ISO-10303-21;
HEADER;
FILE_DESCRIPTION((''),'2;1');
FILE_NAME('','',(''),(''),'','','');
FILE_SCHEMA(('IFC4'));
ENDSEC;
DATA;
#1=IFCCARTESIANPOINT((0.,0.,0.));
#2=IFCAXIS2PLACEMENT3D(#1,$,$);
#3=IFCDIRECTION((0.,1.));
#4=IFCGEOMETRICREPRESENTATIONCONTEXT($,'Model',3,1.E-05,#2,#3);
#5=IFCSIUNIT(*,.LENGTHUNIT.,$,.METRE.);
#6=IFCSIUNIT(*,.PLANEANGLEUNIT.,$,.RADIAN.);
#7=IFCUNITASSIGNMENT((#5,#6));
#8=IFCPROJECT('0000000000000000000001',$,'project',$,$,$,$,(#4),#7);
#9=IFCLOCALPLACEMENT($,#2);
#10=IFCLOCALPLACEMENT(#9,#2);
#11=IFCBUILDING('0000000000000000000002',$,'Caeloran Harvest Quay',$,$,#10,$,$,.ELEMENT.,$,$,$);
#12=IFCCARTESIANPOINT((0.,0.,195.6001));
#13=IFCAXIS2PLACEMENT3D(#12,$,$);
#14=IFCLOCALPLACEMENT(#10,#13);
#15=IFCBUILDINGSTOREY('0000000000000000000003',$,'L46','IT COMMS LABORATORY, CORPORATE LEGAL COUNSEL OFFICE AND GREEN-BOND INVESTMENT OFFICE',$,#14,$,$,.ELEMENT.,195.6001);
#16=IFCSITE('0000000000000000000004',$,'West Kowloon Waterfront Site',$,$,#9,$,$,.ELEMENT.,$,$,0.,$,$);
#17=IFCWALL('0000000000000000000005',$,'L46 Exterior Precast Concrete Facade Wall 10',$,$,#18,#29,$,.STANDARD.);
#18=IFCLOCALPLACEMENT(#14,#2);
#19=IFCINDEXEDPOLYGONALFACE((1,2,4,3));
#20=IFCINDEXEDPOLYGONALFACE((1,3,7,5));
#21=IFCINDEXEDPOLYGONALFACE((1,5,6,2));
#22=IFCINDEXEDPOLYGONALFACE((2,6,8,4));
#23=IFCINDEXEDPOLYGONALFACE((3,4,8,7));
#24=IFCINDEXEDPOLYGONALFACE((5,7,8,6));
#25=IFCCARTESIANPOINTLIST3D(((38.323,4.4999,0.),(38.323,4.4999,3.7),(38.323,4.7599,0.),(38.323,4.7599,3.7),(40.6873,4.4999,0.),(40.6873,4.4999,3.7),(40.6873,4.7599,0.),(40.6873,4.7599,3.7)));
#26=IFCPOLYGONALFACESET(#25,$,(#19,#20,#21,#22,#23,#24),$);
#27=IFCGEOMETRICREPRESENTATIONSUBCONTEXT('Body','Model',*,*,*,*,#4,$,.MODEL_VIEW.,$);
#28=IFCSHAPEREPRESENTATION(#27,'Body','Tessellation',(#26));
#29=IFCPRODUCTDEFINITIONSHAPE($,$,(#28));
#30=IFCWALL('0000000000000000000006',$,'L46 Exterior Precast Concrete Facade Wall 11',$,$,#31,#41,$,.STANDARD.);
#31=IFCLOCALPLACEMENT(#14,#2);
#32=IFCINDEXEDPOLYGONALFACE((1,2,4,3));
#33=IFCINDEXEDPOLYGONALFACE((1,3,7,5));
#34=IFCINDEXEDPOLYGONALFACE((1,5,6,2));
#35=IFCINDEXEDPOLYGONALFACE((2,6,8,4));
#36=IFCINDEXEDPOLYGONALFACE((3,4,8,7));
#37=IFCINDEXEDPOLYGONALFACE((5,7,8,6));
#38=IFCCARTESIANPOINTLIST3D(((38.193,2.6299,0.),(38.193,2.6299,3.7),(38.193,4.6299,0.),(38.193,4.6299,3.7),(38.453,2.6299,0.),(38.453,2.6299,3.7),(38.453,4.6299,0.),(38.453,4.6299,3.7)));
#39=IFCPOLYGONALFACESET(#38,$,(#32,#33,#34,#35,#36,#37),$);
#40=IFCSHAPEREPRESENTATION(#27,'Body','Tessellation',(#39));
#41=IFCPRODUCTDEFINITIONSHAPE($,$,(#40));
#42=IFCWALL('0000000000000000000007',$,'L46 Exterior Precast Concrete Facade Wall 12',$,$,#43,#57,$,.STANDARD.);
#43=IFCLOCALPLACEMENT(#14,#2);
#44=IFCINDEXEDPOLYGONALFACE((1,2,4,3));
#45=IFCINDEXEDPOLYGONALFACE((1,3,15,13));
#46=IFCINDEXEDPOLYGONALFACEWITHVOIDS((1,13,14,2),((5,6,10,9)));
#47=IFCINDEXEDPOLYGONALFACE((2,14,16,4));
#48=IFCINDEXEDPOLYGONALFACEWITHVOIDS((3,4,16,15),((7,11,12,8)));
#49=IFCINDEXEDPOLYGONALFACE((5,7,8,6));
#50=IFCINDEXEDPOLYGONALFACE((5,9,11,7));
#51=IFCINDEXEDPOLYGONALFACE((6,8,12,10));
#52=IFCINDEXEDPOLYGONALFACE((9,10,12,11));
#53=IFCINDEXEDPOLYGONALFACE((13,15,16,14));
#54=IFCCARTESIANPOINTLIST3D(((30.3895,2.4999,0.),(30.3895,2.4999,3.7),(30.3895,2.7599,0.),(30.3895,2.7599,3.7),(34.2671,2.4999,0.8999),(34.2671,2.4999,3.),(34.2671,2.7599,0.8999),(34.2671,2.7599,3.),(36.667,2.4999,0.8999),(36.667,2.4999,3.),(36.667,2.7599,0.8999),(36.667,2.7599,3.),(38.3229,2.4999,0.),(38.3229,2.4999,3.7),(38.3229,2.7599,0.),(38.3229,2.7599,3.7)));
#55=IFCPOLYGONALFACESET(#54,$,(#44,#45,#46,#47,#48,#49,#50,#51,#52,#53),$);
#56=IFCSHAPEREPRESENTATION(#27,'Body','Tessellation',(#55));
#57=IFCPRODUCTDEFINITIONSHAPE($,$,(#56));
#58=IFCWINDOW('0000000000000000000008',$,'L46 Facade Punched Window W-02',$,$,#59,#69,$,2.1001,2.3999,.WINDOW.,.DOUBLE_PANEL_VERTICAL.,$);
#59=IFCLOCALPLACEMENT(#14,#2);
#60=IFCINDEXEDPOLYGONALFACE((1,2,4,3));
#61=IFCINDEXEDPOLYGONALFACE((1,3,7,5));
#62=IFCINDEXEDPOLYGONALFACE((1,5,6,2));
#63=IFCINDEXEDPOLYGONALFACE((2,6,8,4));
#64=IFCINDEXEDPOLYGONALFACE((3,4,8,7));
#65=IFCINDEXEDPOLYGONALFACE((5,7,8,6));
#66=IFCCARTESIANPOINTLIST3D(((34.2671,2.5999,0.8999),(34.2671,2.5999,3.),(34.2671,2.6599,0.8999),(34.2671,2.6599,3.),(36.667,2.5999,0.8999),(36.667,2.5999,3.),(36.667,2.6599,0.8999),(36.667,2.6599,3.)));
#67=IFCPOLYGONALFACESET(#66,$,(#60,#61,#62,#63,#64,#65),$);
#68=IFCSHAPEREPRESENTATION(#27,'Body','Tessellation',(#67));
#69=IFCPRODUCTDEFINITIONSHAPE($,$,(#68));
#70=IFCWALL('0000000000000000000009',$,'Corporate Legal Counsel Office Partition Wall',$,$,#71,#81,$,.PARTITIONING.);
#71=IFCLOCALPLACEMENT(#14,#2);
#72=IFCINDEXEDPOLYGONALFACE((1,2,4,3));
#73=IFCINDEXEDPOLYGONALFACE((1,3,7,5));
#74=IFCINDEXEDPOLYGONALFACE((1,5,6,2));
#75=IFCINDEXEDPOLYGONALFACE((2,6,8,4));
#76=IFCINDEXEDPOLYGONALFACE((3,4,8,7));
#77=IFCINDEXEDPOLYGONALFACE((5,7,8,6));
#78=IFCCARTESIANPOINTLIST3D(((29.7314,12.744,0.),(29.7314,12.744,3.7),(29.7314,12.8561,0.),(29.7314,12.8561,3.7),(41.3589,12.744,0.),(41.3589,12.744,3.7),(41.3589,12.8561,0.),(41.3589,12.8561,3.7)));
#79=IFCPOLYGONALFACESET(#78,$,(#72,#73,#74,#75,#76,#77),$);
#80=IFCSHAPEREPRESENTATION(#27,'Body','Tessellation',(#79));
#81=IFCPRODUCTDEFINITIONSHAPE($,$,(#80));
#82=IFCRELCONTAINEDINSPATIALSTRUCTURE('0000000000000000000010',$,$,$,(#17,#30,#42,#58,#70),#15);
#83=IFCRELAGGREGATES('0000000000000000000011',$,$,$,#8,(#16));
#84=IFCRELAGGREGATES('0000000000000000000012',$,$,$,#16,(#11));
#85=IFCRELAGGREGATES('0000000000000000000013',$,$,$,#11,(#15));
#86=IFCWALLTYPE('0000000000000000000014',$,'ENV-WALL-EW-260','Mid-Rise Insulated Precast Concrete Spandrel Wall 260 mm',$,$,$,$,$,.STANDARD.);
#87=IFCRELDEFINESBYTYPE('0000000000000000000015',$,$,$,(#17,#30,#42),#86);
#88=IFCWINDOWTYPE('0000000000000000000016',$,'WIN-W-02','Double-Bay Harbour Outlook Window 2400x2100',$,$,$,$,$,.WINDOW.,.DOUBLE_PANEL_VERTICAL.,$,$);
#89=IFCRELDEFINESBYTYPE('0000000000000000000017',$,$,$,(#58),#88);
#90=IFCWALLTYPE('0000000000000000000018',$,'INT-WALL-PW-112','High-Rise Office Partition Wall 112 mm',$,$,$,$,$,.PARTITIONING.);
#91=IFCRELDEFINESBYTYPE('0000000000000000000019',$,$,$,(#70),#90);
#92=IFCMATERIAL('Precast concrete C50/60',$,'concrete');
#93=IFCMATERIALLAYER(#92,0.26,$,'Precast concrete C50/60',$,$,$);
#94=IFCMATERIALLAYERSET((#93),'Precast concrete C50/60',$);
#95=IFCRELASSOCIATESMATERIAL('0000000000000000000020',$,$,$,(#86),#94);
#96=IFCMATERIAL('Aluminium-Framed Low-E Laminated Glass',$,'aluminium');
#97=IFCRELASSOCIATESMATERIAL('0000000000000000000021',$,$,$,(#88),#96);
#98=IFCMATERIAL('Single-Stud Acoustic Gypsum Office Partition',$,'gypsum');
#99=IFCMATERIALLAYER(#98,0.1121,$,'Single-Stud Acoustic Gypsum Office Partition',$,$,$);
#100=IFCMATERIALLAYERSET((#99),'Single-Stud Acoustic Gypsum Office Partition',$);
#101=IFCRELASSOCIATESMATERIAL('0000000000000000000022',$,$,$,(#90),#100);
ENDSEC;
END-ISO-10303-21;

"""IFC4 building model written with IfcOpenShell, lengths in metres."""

from ifc_helpers import new_model, si_unit, direction, frame, frame_2d, origin, place, context, subcontext, project, spatial, rectangle, extrude, material, layer, layer_set, type_object, element, fill, save


model = new_model("IFC4")

# Units and contexts
model_context = context("Model", 3, precision=1e-05, world=origin(), true_north=direction((0.0, 1.0)))
body_context = subcontext(model_context, "Body", "Model", "MODEL_VIEW")
ifc_project = project(units=[si_unit("LENGTHUNIT", "METRE"), si_unit("PLANEANGLEUNIT", "RADIAN")], contexts=[model_context])

# Site, building, storey
site_placement = place(None, origin())
site = spatial("IfcSite", under=ifc_project, at=site_placement, Name="West Kowloon Waterfront Site", CompositionType="ELEMENT", RefElevation=0.0)
building_placement = place(site_placement, origin())
building = spatial("IfcBuilding", under=site, at=building_placement, Name="Caeloran Harvest Quay", CompositionType="ELEMENT")
storey_placement = place(building_placement, frame((0.0, 0.0, 195.6001)))
storey = spatial("IfcBuildingStorey", under=building, at=storey_placement, Name="L46", Description="IT COMMS LABORATORY, CORPORATE LEGAL COUNSEL OFFICE AND GREEN-BOND INVESTMENT OFFICE", CompositionType="ELEMENT", Elevation=195.6001)

# Walls
ifc_material_1 = material(Name="Precast concrete C50/60", Category="concrete")
ifc_layer_1 = layer(ifc_material_1, 0.26, Name="Precast concrete C50/60")
ifc_layer_set_1 = layer_set([ifc_layer_1], Name="Precast concrete C50/60")
wall_type_1 = type_object("IfcWallType", Name="ENV-WALL-EW-260", Description="Mid-Rise Insulated Precast Concrete Spandrel Wall 260 mm", PredefinedType="STANDARD", material=ifc_layer_set_1)
wall_1_placement = place(storey_placement, frame((40.6873, 4.6299, 0.0), z_axis=(0.0, 0.0, 1.0), x_axis=(-1.0, 0.0, 0.0)))
element("IfcWall", 1, at=wall_1_placement, inside=storey, type_object=wall_type_1, Name="L46 Exterior Precast Concrete Facade Wall 10", PredefinedType="STANDARD", context=body_context, shape_type="SweptSolid", body=[
    extrude(rectangle(XDim=2.3643, YDim=0.26, at=frame_2d((1.1821, 0.0))), origin(), (0.0, 0.0, 1.0), 3.7),
])
wall_2_placement = place(storey_placement, frame((38.323, 4.6299, 0.0), z_axis=(0.0, 0.0, 1.0), x_axis=(0.0, -1.0, 0.0)))
element("IfcWall", 2, at=wall_2_placement, inside=storey, type_object=wall_type_1, Name="L46 Exterior Precast Concrete Facade Wall 11", PredefinedType="STANDARD", context=body_context, shape_type="SweptSolid", body=[
    extrude(rectangle(XDim=2.0, YDim=0.26, at=frame_2d((1.0, 0.0))), origin(), (0.0, 0.0, 1.0), 3.7),
])

# Wall, opening, window
wall_3_placement = place(storey_placement, frame((38.323, 2.6299, 0.0), z_axis=(0.0, 0.0, 1.0), x_axis=(-1.0, 0.0, 0.0)))
wall_3 = element("IfcWall", 3, at=wall_3_placement, inside=storey, type_object=wall_type_1, Name="L46 Exterior Precast Concrete Facade Wall 12", PredefinedType="STANDARD", context=body_context, shape_type="SweptSolid", body=[
    extrude(rectangle(XDim=7.9333, YDim=0.26, at=frame_2d((3.9668, 0.0))), origin(), (0.0, 0.0, 1.0), 3.7),
])
opening_placement = place(wall_3_placement, frame((1.656, 0.0, 0.8999)))
opening = element("IfcOpeningElement", 4, at=opening_placement, cuts=wall_3, PredefinedType="OPENING", context=body_context, shape_type="SweptSolid", body=[
    extrude(rectangle(XDim=2.3999, YDim=2.1001, at=frame_2d((1.2, 1.05))), frame((0.0, 0.1401, 0.0), z_axis=(0.0, -1.0, 0.0), x_axis=(1.0, 0.0, 0.0)), (0.0, 0.0, 1.0), 0.28),
])
ifc_material_2 = material(Name="Aluminium-Framed Low-E Laminated Glass", Category="aluminium")
window_type = type_object("IfcWindowType", Name="WIN-W-02", Description="Double-Bay Harbour Outlook Window 2400x2100", PartitioningType="DOUBLE_PANEL_VERTICAL", PredefinedType="WINDOW", material=ifc_material_2)
window_placement = place(opening_placement, origin())
window = element("IfcWindow", 5, at=window_placement, inside=storey, type_object=window_type, Name="L46 Facade Punched Window W-02", OverallHeight=2.1001, OverallWidth=2.3999, PartitioningType="DOUBLE_PANEL_VERTICAL", PredefinedType="WINDOW", context=body_context, shape_type="SweptSolid", body=[
    extrude(rectangle(XDim=2.3999, YDim=2.1001, at=frame_2d((1.2, 1.05))), frame((0.0, 0.03, 0.0), z_axis=(0.0, -1.0, 0.0), x_axis=(1.0, 0.0, 0.0)), (0.0, 0.0, 1.0), 0.0601),
])
fill(opening, window)

# Wall
ifc_material_3 = material(Name="Single-Stud Acoustic Gypsum Office Partition", Category="gypsum")
ifc_layer_2 = layer(ifc_material_3, 0.1121, Name="Single-Stud Acoustic Gypsum Office Partition")
ifc_layer_set_2 = layer_set([ifc_layer_2], Name="Single-Stud Acoustic Gypsum Office Partition")
wall_type_2 = type_object("IfcWallType", Name="INT-WALL-PW-112", Description="High-Rise Office Partition Wall 112 mm", PredefinedType="PARTITIONING", material=ifc_layer_set_2)
wall_4_placement = place(storey_placement, frame((41.3589, 12.8, 0.0), z_axis=(0.0, 0.0, 1.0), x_axis=(-1.0, 0.0, 0.0)))
element("IfcWall", 6, at=wall_4_placement, inside=storey, type_object=wall_type_2, Name="Corporate Legal Counsel Office Partition Wall", PredefinedType="PARTITIONING", context=body_context, shape_type="SweptSolid", body=[
    extrude(rectangle(XDim=11.6274, YDim=0.1121, at=frame_2d((5.8137, 0.0))), origin(), (0.0, 0.0, 1.0), 3.7),
])

save(model, "model.ifc")
